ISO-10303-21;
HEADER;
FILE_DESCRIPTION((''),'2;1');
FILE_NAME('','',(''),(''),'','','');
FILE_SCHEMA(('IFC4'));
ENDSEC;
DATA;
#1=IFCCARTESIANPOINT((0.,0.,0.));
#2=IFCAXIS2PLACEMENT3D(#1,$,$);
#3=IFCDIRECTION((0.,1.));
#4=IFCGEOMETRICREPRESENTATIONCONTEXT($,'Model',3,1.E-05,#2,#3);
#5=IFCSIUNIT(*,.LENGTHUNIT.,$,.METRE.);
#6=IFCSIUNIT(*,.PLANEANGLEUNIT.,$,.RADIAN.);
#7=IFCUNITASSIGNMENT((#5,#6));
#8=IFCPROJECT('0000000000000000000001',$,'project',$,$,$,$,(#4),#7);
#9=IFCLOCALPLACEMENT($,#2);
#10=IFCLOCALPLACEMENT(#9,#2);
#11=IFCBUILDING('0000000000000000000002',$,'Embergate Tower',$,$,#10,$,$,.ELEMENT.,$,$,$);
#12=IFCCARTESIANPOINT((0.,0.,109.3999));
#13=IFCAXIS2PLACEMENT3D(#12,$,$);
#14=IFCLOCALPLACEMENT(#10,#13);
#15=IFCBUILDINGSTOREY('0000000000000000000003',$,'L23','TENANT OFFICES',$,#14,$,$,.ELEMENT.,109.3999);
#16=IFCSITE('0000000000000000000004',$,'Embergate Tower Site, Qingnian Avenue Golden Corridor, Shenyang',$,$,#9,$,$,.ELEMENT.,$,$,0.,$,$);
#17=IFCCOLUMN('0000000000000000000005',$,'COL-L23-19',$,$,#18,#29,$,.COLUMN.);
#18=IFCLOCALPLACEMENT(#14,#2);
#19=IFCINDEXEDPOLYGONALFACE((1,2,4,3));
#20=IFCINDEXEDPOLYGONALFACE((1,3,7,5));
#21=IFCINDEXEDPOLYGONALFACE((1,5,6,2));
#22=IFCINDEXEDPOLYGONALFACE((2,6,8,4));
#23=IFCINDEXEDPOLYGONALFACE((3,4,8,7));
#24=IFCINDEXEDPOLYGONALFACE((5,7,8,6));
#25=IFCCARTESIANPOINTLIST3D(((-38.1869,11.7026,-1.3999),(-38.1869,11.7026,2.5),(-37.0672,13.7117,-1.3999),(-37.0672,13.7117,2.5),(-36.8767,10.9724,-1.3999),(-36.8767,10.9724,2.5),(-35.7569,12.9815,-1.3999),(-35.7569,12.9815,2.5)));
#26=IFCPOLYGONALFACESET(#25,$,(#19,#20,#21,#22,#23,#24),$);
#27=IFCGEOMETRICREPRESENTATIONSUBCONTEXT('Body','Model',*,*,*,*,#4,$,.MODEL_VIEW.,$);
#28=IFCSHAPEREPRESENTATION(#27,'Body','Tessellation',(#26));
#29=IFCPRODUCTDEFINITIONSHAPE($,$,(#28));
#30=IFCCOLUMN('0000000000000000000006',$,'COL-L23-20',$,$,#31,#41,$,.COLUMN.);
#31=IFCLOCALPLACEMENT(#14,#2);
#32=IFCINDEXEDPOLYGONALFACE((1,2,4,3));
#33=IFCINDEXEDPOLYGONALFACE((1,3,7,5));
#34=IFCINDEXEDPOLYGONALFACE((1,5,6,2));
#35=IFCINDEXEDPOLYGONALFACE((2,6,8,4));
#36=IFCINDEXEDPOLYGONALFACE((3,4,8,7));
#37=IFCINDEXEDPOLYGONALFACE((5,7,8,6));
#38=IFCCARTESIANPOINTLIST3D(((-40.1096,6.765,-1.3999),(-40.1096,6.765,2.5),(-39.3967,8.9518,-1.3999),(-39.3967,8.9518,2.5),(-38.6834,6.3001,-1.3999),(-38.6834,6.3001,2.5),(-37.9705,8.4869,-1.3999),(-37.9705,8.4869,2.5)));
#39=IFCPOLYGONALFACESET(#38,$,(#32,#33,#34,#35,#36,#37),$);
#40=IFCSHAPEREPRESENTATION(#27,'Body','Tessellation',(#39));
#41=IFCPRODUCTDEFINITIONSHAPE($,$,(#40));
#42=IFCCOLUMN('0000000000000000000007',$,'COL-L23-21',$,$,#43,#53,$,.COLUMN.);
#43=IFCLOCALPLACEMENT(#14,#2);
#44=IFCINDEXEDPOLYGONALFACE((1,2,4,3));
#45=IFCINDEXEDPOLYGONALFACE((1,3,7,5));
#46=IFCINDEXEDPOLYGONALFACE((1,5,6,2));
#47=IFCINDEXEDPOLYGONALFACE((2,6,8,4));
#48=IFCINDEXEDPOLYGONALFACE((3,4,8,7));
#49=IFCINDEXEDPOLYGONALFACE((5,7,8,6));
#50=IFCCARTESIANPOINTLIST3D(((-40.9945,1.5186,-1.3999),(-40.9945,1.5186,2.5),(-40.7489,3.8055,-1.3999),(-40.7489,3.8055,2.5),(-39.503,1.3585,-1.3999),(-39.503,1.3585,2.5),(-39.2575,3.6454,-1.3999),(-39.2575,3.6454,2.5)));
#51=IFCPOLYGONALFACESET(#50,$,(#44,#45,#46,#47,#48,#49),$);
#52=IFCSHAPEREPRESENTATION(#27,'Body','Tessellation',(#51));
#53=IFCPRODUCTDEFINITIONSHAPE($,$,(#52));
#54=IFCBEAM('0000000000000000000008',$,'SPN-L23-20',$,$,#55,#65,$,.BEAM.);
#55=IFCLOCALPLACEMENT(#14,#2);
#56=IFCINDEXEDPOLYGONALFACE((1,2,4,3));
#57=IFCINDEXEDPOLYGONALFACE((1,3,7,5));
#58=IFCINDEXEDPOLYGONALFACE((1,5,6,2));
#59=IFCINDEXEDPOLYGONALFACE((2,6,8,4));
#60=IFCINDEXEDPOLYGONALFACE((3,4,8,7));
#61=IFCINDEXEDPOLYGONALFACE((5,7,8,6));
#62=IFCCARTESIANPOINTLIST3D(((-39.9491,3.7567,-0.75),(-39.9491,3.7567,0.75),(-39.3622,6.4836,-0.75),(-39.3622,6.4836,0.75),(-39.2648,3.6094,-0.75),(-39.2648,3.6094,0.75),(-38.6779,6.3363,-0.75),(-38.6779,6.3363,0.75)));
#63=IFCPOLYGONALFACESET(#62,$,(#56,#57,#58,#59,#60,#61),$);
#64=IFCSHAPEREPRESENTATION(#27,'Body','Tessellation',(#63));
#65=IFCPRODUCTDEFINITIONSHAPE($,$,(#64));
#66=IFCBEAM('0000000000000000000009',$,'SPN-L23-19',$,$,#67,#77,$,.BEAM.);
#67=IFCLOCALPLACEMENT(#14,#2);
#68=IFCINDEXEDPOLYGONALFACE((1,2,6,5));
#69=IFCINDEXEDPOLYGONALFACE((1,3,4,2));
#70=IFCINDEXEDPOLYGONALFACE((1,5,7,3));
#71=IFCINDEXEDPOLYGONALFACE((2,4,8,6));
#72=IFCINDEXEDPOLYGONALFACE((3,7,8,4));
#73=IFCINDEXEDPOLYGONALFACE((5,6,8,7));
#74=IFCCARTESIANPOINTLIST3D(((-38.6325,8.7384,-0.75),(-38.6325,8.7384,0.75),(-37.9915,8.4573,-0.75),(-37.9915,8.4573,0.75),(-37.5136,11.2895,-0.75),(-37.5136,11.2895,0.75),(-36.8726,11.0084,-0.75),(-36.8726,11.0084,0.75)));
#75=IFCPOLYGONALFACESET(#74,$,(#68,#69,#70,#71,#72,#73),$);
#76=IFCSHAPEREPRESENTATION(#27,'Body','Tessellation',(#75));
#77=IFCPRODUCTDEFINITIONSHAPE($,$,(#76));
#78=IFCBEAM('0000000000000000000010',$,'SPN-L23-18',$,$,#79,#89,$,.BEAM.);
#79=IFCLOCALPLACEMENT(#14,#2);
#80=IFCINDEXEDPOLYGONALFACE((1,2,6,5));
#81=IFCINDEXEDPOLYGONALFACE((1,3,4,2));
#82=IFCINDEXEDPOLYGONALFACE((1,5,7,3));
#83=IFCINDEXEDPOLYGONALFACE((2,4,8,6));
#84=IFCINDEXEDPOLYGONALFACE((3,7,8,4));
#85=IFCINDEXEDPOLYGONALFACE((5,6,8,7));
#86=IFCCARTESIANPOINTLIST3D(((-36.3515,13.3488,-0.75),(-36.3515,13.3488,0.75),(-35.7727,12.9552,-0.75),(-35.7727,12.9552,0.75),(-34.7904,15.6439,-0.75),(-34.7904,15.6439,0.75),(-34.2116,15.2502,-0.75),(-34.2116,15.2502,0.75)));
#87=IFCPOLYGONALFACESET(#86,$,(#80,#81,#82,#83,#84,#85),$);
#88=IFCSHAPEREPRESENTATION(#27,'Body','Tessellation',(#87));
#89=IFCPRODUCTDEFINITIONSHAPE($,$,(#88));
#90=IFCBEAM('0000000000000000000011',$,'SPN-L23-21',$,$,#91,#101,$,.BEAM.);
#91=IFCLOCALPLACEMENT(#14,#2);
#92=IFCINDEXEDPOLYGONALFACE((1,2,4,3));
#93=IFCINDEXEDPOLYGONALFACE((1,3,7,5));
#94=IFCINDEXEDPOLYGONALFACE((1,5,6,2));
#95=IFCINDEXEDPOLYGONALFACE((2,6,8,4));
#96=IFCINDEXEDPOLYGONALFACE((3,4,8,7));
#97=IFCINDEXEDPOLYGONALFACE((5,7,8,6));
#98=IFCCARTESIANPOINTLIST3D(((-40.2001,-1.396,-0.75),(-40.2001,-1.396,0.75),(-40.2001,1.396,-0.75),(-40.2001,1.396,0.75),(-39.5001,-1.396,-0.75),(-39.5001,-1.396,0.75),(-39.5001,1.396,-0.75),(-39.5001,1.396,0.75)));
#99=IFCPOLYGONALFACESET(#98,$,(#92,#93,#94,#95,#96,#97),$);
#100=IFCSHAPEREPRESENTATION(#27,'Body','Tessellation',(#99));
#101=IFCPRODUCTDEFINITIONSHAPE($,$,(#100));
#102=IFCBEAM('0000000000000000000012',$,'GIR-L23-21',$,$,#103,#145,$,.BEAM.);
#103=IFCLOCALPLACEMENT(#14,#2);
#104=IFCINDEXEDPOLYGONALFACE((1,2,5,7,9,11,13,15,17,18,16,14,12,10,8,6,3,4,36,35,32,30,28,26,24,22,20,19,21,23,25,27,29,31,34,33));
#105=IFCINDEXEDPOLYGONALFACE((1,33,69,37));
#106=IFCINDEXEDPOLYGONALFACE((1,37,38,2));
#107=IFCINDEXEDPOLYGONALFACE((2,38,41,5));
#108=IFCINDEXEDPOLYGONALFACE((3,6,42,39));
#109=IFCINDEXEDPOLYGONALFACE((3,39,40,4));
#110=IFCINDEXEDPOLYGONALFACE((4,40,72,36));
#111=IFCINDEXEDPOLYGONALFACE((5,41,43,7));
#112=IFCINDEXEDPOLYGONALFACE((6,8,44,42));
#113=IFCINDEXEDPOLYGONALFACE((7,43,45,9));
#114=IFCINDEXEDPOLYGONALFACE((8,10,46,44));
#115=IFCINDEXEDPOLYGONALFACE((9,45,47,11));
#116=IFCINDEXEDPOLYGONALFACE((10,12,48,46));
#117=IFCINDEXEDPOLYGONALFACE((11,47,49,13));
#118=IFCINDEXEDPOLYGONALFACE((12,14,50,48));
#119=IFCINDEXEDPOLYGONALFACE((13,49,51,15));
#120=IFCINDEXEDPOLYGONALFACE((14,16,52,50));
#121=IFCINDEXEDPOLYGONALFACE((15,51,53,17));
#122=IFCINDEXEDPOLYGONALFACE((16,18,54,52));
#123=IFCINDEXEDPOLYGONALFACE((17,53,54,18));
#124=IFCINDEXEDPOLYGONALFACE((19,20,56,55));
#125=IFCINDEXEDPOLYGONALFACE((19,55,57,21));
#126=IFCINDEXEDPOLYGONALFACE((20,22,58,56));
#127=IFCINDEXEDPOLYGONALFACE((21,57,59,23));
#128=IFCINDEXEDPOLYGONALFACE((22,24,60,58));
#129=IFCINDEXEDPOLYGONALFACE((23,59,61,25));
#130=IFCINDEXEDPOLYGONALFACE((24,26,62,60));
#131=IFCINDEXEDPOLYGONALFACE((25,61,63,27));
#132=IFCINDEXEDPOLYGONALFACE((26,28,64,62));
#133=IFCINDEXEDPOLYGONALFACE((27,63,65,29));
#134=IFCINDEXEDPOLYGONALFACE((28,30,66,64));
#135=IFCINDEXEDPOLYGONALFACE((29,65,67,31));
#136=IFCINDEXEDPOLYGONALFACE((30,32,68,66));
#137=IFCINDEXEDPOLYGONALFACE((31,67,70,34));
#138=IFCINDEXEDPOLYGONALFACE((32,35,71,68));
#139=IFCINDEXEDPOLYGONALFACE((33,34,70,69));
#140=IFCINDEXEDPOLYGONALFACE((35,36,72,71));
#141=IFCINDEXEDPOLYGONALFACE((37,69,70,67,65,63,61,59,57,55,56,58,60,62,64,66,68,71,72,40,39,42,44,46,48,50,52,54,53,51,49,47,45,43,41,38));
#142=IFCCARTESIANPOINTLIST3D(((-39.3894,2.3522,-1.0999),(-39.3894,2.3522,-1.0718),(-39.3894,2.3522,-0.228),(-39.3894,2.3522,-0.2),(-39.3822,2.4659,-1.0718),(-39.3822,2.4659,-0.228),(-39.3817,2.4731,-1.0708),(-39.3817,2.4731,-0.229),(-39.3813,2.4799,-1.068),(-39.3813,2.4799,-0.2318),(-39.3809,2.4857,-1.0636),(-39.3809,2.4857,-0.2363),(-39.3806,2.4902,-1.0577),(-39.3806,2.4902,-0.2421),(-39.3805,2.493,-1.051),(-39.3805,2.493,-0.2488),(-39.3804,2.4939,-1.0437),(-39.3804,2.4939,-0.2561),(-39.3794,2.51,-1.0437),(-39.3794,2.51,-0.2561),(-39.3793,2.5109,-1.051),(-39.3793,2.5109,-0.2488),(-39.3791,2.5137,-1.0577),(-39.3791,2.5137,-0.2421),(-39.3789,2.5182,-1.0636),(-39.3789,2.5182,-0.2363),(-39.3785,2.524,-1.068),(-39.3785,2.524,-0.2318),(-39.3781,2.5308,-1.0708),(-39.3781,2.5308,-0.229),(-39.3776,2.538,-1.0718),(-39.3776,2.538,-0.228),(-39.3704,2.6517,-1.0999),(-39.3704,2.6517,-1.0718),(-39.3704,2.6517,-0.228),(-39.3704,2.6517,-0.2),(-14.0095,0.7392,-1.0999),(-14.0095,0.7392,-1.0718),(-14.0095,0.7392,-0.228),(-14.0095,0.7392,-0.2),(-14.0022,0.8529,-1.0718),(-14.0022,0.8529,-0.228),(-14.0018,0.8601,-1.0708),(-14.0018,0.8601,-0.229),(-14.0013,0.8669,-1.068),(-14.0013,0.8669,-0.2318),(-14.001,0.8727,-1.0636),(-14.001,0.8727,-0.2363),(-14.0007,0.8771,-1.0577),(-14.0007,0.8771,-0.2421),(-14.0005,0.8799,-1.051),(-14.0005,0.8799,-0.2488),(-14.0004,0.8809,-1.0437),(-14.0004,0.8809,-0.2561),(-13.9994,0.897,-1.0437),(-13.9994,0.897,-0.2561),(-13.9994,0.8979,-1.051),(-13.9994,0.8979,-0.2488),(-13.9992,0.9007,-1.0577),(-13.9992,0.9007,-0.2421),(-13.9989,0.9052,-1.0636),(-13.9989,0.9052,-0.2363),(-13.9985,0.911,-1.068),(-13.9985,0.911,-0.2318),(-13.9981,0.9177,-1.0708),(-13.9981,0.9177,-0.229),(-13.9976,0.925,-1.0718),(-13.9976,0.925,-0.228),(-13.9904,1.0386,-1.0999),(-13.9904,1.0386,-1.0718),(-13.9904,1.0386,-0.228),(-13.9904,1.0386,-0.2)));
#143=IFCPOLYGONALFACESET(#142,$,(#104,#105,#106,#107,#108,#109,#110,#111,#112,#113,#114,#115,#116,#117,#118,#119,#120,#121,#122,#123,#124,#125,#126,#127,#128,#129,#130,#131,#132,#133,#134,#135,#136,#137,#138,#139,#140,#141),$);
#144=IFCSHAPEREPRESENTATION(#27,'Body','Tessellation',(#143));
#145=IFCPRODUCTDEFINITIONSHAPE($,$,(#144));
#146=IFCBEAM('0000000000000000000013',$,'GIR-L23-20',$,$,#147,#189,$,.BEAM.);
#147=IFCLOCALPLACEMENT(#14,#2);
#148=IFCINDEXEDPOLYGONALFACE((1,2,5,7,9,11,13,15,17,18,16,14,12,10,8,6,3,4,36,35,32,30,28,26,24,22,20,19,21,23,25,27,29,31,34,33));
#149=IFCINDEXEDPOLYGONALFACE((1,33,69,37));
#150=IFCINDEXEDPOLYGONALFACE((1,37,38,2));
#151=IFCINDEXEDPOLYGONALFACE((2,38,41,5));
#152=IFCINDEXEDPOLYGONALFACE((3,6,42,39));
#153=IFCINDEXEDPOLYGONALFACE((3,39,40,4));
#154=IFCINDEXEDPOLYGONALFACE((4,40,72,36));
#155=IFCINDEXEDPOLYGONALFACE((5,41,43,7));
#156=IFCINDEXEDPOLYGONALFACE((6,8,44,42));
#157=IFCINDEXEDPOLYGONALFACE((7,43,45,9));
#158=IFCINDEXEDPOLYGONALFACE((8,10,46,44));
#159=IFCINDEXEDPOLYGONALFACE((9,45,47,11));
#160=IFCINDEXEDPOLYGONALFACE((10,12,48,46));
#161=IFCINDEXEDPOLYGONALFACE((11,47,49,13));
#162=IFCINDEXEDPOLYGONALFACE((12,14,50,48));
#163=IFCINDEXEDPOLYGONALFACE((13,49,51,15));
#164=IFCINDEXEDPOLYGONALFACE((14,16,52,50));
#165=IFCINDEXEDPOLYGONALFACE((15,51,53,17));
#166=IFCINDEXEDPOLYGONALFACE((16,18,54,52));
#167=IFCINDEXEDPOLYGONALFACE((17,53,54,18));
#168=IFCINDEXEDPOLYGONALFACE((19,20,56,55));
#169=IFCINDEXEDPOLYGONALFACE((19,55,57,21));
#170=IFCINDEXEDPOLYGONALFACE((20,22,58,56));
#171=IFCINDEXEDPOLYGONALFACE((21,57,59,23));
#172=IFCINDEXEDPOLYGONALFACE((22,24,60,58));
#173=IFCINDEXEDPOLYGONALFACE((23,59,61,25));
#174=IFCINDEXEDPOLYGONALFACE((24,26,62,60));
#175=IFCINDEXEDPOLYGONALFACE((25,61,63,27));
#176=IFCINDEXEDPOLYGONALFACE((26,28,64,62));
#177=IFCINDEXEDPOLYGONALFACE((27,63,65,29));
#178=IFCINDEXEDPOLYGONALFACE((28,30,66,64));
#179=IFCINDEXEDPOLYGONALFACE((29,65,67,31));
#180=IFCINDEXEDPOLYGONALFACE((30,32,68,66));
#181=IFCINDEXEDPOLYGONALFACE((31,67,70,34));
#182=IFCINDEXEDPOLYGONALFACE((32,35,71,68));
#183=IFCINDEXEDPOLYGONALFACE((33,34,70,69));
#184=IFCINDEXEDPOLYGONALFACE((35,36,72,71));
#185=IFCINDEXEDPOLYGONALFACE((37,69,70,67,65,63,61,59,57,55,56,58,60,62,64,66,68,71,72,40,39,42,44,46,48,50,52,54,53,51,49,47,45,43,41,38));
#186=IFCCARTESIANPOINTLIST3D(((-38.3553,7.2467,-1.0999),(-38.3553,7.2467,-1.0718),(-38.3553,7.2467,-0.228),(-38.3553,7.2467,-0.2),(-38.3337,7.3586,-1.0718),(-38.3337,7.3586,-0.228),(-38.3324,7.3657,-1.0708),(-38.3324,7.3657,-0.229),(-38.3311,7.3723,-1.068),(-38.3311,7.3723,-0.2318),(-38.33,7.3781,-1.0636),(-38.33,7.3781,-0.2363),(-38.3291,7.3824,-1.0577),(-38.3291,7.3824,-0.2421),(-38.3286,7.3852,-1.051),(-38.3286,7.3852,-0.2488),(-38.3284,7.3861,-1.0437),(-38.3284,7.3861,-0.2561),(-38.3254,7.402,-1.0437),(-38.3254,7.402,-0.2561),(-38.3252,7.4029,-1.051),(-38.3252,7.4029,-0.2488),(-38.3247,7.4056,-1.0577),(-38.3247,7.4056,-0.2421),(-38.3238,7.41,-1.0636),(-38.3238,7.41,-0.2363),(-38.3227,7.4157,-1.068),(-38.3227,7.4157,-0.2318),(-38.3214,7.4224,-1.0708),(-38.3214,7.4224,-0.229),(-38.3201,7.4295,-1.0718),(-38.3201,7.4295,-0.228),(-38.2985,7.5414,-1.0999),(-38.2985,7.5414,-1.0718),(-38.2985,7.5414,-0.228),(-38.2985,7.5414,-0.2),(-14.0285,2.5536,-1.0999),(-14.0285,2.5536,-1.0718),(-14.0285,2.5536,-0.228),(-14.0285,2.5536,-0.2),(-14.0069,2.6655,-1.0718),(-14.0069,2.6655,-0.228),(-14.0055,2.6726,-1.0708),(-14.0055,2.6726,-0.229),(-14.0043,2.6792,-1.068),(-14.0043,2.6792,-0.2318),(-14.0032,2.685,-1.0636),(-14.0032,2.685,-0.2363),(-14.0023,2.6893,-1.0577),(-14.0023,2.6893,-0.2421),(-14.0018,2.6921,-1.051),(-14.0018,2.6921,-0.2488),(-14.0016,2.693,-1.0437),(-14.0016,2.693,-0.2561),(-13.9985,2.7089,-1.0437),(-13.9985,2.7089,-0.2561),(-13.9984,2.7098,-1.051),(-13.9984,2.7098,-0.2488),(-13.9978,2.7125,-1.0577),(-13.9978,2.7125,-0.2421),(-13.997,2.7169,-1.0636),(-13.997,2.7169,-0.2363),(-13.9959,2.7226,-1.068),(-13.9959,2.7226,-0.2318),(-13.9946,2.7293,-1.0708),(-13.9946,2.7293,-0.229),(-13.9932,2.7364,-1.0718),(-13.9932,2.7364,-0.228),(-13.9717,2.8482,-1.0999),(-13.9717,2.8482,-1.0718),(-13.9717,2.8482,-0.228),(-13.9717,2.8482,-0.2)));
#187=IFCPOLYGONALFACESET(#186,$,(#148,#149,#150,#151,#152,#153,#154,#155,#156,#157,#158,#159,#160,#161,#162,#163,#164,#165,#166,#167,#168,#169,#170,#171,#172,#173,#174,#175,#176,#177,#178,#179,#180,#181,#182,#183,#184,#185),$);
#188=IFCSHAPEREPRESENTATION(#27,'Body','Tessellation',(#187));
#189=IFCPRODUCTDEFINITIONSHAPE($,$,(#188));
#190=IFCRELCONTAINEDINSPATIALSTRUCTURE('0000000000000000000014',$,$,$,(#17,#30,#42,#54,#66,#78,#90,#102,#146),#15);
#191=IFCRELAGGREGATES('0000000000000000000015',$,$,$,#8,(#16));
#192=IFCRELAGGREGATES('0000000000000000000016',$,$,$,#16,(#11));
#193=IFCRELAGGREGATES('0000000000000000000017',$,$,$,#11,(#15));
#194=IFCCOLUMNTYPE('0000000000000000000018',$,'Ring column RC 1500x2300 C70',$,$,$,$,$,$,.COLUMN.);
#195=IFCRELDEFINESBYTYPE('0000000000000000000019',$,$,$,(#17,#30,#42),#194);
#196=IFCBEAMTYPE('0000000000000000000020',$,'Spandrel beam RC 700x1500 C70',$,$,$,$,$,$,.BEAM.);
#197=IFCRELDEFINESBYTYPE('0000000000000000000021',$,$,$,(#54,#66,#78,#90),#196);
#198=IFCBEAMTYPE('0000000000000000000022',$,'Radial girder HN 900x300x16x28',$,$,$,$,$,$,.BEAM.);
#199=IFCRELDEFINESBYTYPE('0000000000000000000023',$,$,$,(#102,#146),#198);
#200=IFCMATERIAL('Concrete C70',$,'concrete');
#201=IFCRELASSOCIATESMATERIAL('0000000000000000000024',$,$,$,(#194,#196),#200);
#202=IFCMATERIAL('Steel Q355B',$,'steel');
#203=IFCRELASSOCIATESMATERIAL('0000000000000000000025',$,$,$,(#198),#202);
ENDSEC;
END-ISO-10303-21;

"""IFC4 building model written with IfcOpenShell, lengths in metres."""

from ifc_helpers import new_model, si_unit, direction, frame, origin, origin_2d, place, context, subcontext, project, spatial, rectangle, i_section, extrude, source, transform, mapped, material, material_profile, profile_set, type_object, element, save


model = new_model("IFC4")

# Units and contexts
model_context = context("Model", 3, precision=1e-05, world=origin(), true_north=direction((0.0, 1.0)))
body_context = subcontext(model_context, "Body", "Model", "MODEL_VIEW")
ifc_project = project(units=[si_unit("LENGTHUNIT", "METRE"), si_unit("PLANEANGLEUNIT", "RADIAN")], contexts=[model_context])

# Site, building, storey
site_placement = place(None, origin())
site = spatial("IfcSite", under=ifc_project, at=site_placement, Name="Embergate Tower Site, Qingnian Avenue Golden Corridor, Shenyang", CompositionType="ELEMENT", RefElevation=0.0)
building_placement = place(site_placement, origin())
building = spatial("IfcBuilding", under=site, at=building_placement, Name="Embergate Tower", CompositionType="ELEMENT")
storey_placement = place(building_placement, frame((0.0, 0.0, 109.3999)))
storey = spatial("IfcBuildingStorey", under=building, at=storey_placement, Name="L23", Description="TENANT OFFICES", CompositionType="ELEMENT", Elevation=109.3999)

# Columns
ifc_material_1 = material(Name="Concrete C70", Category="concrete")
ifc_material_profile_1 = material_profile(ifc_material_1, rectangle(XDim=1.5, YDim=2.3, at=origin_2d()), Name="RC 1500x2300")
ifc_profile_set_1 = profile_set([ifc_material_profile_1], Name="Concrete C70")
column_type = type_object("IfcColumnType", Name="Ring column RC 1500x2300 C70", PredefinedType="COLUMN", material=ifc_profile_set_1)
shared_shape_1 = source(origin(), body_context, "Body", "SweptSolid", [
    extrude(rectangle(XDim=1.5, YDim=2.3, at=origin_2d()), origin(), (0.0, 0.0, 1.0), 3.8999),
])
for number, where, z_axis, x_axis, name in (
    (1, (-36.9719, 12.342, -1.3999), (0.0, 0.0, 1.0), (-0.8735, 0.486823, 0.0), "COL-L23-19"),
    (2, (-39.04, 7.626, -1.3999), (0.0, 0.0, 1.0), (-0.950754, 0.309946, 0.0), "COL-L23-20"),
    (3, (-40.126, 2.582, -1.3999), (0.0, 0.0, 1.0), (-0.994286, 0.10675, 0.0), "COL-L23-21"),
):
    element("IfcColumn", number, at=place(storey_placement, frame(where, z_axis=z_axis, x_axis=x_axis)), inside=storey, type_object=column_type, Name=name, PredefinedType="COLUMN", context=body_context, shape_type="MappedRepresentation", body=[
        mapped(shared_shape_1, transform((0.0, 0.0, 0.0))),
    ])

# Beams
ifc_material_profile_2 = material_profile(ifc_material_1, rectangle(XDim=0.7, YDim=1.5, at=origin_2d()), Name="RC 700x1500")
ifc_profile_set_2 = profile_set([ifc_material_profile_2], Name="Concrete C70")
beam_type_1 = type_object("IfcBeamType", Name="Spandrel beam RC 700x1500 C70", PredefinedType="BEAM", material=ifc_profile_set_2)
shared_shape_2 = source(origin(), body_context, "Body", "SweptSolid", [
    extrude(rectangle(XDim=0.7, YDim=1.5, at=origin_2d()), origin(), (0.0, 0.0, 1.0), 2.7893),
])
beam_1_placement = place(storey_placement, frame((-39.02, 6.4099, 0.0), z_axis=(-0.21042, -0.977611, 0.0), x_axis=(0.977611, -0.21042, 0.0)))
element("IfcBeam", 4, at=beam_1_placement, inside=storey, type_object=beam_type_1, Name="SPN-L23-20", PredefinedType="BEAM", context=body_context, shape_type="MappedRepresentation", body=[
    mapped(shared_shape_2, transform((0.0, 0.0, 0.0))),
])
shared_shape_3 = source(origin(), body_context, "Body", "SweptSolid", [
    extrude(rectangle(XDim=0.7, YDim=1.5, at=origin_2d()), origin(), (0.0, 0.0, 1.0), 2.7856),
])
beam_2_placement = place(storey_placement, frame((-37.1931, 11.1489, 0.0), z_axis=(-0.401669, -0.915785, 0.0), x_axis=(0.915785, -0.401669, 0.0)))
element("IfcBeam", 5, at=beam_2_placement, inside=storey, type_object=beam_type_1, Name="SPN-L23-19", PredefinedType="BEAM", context=body_context, shape_type="MappedRepresentation", body=[
    mapped(shared_shape_3, transform((0.0, 0.0, 0.0))),
])
shared_shape_4 = source(origin(), body_context, "Body", "SweptSolid", [
    extrude(rectangle(XDim=0.7, YDim=1.5, at=origin_2d()), origin(), (0.0, 0.0, 1.0), 2.7756),
])
beam_3_placement = place(storey_placement, frame((-34.501, 15.447, 0.0), z_axis=(-0.56243, -0.826845, 0.0), x_axis=(0.826845, -0.56243, 0.0)))
element("IfcBeam", 6, at=beam_3_placement, inside=storey, type_object=beam_type_1, Name="SPN-L23-18", PredefinedType="BEAM", context=body_context, shape_type="MappedRepresentation", body=[
    mapped(shared_shape_4, transform((0.0, 0.0, 0.0))),
])
shared_shape_5 = source(origin(), body_context, "Body", "SweptSolid", [
    extrude(rectangle(XDim=0.7, YDim=1.5, at=origin_2d()), origin(), (0.0, 0.0, 1.0), 2.792),
])
beam_4_placement = place(storey_placement, frame((-39.8501, 1.396, 0.0), z_axis=(0.0, -1.0, 0.0), x_axis=(1.0, 0.0, 0.0)))
element("IfcBeam", 7, at=beam_4_placement, inside=storey, type_object=beam_type_1, Name="SPN-L23-21", PredefinedType="BEAM", context=body_context, shape_type="MappedRepresentation", body=[
    mapped(shared_shape_5, transform((0.0, 0.0, 0.0))),
])
ifc_material_2 = material(Name="Steel Q355B", Category="steel")
ifc_material_profile_3 = material_profile(ifc_material_2, i_section(OverallWidth=0.3, OverallDepth=0.8999, WebThickness=0.0161, FlangeThickness=0.0281, FilletRadius=0.0281, at=origin_2d()), Name="HN 900x300x16x28")
ifc_profile_set_3 = profile_set([ifc_material_profile_3], Name="Steel Q355 grade B")
beam_type_2 = type_object("IfcBeamType", Name="Radial girder HN 900x300x16x28", PredefinedType="BEAM", material=ifc_profile_set_3)
shared_shape_6 = source(origin(), body_context, "Body", "SweptSolid", [
    extrude(i_section(OverallWidth=0.3, OverallDepth=0.8999, WebThickness=0.0161, FlangeThickness=0.0281, FilletRadius=0.0281, at=origin_2d()), origin(), (0.0, 0.0, 1.0), 25.4312),
])
beam_5_placement = place(storey_placement, frame((-39.3799, 2.502, -0.6499), z_axis=(0.997986, -0.063428, 0.0), x_axis=(0.063428, 0.997986, 0.0)))
element("IfcBeam", 8, at=beam_5_placement, inside=storey, type_object=beam_type_2, Name="GIR-L23-21", PredefinedType="BEAM", context=body_context, shape_type="MappedRepresentation", body=[
    mapped(shared_shape_6, transform((0.0, 0.0, 0.0))),
])
shared_shape_7 = source(origin(), body_context, "Body", "SweptSolid", [
    extrude(i_section(OverallWidth=0.3, OverallDepth=0.8999, WebThickness=0.0161, FlangeThickness=0.0281, FilletRadius=0.0281, at=origin_2d()), origin(), (0.0, 0.0, 1.0), 24.7754),
])
beam_6_placement = place(storey_placement, frame((-38.3269, 7.394, -0.6499), z_axis=(0.981895, -0.189426, 0.0), x_axis=(0.189426, 0.981895, 0.0)))
element("IfcBeam", 9, at=beam_6_placement, inside=storey, type_object=beam_type_2, Name="GIR-L23-20", PredefinedType="BEAM", context=body_context, shape_type="MappedRepresentation", body=[
    mapped(shared_shape_7, transform((0.0, 0.0, 0.0))),
])

save(model, "model.ifc")
